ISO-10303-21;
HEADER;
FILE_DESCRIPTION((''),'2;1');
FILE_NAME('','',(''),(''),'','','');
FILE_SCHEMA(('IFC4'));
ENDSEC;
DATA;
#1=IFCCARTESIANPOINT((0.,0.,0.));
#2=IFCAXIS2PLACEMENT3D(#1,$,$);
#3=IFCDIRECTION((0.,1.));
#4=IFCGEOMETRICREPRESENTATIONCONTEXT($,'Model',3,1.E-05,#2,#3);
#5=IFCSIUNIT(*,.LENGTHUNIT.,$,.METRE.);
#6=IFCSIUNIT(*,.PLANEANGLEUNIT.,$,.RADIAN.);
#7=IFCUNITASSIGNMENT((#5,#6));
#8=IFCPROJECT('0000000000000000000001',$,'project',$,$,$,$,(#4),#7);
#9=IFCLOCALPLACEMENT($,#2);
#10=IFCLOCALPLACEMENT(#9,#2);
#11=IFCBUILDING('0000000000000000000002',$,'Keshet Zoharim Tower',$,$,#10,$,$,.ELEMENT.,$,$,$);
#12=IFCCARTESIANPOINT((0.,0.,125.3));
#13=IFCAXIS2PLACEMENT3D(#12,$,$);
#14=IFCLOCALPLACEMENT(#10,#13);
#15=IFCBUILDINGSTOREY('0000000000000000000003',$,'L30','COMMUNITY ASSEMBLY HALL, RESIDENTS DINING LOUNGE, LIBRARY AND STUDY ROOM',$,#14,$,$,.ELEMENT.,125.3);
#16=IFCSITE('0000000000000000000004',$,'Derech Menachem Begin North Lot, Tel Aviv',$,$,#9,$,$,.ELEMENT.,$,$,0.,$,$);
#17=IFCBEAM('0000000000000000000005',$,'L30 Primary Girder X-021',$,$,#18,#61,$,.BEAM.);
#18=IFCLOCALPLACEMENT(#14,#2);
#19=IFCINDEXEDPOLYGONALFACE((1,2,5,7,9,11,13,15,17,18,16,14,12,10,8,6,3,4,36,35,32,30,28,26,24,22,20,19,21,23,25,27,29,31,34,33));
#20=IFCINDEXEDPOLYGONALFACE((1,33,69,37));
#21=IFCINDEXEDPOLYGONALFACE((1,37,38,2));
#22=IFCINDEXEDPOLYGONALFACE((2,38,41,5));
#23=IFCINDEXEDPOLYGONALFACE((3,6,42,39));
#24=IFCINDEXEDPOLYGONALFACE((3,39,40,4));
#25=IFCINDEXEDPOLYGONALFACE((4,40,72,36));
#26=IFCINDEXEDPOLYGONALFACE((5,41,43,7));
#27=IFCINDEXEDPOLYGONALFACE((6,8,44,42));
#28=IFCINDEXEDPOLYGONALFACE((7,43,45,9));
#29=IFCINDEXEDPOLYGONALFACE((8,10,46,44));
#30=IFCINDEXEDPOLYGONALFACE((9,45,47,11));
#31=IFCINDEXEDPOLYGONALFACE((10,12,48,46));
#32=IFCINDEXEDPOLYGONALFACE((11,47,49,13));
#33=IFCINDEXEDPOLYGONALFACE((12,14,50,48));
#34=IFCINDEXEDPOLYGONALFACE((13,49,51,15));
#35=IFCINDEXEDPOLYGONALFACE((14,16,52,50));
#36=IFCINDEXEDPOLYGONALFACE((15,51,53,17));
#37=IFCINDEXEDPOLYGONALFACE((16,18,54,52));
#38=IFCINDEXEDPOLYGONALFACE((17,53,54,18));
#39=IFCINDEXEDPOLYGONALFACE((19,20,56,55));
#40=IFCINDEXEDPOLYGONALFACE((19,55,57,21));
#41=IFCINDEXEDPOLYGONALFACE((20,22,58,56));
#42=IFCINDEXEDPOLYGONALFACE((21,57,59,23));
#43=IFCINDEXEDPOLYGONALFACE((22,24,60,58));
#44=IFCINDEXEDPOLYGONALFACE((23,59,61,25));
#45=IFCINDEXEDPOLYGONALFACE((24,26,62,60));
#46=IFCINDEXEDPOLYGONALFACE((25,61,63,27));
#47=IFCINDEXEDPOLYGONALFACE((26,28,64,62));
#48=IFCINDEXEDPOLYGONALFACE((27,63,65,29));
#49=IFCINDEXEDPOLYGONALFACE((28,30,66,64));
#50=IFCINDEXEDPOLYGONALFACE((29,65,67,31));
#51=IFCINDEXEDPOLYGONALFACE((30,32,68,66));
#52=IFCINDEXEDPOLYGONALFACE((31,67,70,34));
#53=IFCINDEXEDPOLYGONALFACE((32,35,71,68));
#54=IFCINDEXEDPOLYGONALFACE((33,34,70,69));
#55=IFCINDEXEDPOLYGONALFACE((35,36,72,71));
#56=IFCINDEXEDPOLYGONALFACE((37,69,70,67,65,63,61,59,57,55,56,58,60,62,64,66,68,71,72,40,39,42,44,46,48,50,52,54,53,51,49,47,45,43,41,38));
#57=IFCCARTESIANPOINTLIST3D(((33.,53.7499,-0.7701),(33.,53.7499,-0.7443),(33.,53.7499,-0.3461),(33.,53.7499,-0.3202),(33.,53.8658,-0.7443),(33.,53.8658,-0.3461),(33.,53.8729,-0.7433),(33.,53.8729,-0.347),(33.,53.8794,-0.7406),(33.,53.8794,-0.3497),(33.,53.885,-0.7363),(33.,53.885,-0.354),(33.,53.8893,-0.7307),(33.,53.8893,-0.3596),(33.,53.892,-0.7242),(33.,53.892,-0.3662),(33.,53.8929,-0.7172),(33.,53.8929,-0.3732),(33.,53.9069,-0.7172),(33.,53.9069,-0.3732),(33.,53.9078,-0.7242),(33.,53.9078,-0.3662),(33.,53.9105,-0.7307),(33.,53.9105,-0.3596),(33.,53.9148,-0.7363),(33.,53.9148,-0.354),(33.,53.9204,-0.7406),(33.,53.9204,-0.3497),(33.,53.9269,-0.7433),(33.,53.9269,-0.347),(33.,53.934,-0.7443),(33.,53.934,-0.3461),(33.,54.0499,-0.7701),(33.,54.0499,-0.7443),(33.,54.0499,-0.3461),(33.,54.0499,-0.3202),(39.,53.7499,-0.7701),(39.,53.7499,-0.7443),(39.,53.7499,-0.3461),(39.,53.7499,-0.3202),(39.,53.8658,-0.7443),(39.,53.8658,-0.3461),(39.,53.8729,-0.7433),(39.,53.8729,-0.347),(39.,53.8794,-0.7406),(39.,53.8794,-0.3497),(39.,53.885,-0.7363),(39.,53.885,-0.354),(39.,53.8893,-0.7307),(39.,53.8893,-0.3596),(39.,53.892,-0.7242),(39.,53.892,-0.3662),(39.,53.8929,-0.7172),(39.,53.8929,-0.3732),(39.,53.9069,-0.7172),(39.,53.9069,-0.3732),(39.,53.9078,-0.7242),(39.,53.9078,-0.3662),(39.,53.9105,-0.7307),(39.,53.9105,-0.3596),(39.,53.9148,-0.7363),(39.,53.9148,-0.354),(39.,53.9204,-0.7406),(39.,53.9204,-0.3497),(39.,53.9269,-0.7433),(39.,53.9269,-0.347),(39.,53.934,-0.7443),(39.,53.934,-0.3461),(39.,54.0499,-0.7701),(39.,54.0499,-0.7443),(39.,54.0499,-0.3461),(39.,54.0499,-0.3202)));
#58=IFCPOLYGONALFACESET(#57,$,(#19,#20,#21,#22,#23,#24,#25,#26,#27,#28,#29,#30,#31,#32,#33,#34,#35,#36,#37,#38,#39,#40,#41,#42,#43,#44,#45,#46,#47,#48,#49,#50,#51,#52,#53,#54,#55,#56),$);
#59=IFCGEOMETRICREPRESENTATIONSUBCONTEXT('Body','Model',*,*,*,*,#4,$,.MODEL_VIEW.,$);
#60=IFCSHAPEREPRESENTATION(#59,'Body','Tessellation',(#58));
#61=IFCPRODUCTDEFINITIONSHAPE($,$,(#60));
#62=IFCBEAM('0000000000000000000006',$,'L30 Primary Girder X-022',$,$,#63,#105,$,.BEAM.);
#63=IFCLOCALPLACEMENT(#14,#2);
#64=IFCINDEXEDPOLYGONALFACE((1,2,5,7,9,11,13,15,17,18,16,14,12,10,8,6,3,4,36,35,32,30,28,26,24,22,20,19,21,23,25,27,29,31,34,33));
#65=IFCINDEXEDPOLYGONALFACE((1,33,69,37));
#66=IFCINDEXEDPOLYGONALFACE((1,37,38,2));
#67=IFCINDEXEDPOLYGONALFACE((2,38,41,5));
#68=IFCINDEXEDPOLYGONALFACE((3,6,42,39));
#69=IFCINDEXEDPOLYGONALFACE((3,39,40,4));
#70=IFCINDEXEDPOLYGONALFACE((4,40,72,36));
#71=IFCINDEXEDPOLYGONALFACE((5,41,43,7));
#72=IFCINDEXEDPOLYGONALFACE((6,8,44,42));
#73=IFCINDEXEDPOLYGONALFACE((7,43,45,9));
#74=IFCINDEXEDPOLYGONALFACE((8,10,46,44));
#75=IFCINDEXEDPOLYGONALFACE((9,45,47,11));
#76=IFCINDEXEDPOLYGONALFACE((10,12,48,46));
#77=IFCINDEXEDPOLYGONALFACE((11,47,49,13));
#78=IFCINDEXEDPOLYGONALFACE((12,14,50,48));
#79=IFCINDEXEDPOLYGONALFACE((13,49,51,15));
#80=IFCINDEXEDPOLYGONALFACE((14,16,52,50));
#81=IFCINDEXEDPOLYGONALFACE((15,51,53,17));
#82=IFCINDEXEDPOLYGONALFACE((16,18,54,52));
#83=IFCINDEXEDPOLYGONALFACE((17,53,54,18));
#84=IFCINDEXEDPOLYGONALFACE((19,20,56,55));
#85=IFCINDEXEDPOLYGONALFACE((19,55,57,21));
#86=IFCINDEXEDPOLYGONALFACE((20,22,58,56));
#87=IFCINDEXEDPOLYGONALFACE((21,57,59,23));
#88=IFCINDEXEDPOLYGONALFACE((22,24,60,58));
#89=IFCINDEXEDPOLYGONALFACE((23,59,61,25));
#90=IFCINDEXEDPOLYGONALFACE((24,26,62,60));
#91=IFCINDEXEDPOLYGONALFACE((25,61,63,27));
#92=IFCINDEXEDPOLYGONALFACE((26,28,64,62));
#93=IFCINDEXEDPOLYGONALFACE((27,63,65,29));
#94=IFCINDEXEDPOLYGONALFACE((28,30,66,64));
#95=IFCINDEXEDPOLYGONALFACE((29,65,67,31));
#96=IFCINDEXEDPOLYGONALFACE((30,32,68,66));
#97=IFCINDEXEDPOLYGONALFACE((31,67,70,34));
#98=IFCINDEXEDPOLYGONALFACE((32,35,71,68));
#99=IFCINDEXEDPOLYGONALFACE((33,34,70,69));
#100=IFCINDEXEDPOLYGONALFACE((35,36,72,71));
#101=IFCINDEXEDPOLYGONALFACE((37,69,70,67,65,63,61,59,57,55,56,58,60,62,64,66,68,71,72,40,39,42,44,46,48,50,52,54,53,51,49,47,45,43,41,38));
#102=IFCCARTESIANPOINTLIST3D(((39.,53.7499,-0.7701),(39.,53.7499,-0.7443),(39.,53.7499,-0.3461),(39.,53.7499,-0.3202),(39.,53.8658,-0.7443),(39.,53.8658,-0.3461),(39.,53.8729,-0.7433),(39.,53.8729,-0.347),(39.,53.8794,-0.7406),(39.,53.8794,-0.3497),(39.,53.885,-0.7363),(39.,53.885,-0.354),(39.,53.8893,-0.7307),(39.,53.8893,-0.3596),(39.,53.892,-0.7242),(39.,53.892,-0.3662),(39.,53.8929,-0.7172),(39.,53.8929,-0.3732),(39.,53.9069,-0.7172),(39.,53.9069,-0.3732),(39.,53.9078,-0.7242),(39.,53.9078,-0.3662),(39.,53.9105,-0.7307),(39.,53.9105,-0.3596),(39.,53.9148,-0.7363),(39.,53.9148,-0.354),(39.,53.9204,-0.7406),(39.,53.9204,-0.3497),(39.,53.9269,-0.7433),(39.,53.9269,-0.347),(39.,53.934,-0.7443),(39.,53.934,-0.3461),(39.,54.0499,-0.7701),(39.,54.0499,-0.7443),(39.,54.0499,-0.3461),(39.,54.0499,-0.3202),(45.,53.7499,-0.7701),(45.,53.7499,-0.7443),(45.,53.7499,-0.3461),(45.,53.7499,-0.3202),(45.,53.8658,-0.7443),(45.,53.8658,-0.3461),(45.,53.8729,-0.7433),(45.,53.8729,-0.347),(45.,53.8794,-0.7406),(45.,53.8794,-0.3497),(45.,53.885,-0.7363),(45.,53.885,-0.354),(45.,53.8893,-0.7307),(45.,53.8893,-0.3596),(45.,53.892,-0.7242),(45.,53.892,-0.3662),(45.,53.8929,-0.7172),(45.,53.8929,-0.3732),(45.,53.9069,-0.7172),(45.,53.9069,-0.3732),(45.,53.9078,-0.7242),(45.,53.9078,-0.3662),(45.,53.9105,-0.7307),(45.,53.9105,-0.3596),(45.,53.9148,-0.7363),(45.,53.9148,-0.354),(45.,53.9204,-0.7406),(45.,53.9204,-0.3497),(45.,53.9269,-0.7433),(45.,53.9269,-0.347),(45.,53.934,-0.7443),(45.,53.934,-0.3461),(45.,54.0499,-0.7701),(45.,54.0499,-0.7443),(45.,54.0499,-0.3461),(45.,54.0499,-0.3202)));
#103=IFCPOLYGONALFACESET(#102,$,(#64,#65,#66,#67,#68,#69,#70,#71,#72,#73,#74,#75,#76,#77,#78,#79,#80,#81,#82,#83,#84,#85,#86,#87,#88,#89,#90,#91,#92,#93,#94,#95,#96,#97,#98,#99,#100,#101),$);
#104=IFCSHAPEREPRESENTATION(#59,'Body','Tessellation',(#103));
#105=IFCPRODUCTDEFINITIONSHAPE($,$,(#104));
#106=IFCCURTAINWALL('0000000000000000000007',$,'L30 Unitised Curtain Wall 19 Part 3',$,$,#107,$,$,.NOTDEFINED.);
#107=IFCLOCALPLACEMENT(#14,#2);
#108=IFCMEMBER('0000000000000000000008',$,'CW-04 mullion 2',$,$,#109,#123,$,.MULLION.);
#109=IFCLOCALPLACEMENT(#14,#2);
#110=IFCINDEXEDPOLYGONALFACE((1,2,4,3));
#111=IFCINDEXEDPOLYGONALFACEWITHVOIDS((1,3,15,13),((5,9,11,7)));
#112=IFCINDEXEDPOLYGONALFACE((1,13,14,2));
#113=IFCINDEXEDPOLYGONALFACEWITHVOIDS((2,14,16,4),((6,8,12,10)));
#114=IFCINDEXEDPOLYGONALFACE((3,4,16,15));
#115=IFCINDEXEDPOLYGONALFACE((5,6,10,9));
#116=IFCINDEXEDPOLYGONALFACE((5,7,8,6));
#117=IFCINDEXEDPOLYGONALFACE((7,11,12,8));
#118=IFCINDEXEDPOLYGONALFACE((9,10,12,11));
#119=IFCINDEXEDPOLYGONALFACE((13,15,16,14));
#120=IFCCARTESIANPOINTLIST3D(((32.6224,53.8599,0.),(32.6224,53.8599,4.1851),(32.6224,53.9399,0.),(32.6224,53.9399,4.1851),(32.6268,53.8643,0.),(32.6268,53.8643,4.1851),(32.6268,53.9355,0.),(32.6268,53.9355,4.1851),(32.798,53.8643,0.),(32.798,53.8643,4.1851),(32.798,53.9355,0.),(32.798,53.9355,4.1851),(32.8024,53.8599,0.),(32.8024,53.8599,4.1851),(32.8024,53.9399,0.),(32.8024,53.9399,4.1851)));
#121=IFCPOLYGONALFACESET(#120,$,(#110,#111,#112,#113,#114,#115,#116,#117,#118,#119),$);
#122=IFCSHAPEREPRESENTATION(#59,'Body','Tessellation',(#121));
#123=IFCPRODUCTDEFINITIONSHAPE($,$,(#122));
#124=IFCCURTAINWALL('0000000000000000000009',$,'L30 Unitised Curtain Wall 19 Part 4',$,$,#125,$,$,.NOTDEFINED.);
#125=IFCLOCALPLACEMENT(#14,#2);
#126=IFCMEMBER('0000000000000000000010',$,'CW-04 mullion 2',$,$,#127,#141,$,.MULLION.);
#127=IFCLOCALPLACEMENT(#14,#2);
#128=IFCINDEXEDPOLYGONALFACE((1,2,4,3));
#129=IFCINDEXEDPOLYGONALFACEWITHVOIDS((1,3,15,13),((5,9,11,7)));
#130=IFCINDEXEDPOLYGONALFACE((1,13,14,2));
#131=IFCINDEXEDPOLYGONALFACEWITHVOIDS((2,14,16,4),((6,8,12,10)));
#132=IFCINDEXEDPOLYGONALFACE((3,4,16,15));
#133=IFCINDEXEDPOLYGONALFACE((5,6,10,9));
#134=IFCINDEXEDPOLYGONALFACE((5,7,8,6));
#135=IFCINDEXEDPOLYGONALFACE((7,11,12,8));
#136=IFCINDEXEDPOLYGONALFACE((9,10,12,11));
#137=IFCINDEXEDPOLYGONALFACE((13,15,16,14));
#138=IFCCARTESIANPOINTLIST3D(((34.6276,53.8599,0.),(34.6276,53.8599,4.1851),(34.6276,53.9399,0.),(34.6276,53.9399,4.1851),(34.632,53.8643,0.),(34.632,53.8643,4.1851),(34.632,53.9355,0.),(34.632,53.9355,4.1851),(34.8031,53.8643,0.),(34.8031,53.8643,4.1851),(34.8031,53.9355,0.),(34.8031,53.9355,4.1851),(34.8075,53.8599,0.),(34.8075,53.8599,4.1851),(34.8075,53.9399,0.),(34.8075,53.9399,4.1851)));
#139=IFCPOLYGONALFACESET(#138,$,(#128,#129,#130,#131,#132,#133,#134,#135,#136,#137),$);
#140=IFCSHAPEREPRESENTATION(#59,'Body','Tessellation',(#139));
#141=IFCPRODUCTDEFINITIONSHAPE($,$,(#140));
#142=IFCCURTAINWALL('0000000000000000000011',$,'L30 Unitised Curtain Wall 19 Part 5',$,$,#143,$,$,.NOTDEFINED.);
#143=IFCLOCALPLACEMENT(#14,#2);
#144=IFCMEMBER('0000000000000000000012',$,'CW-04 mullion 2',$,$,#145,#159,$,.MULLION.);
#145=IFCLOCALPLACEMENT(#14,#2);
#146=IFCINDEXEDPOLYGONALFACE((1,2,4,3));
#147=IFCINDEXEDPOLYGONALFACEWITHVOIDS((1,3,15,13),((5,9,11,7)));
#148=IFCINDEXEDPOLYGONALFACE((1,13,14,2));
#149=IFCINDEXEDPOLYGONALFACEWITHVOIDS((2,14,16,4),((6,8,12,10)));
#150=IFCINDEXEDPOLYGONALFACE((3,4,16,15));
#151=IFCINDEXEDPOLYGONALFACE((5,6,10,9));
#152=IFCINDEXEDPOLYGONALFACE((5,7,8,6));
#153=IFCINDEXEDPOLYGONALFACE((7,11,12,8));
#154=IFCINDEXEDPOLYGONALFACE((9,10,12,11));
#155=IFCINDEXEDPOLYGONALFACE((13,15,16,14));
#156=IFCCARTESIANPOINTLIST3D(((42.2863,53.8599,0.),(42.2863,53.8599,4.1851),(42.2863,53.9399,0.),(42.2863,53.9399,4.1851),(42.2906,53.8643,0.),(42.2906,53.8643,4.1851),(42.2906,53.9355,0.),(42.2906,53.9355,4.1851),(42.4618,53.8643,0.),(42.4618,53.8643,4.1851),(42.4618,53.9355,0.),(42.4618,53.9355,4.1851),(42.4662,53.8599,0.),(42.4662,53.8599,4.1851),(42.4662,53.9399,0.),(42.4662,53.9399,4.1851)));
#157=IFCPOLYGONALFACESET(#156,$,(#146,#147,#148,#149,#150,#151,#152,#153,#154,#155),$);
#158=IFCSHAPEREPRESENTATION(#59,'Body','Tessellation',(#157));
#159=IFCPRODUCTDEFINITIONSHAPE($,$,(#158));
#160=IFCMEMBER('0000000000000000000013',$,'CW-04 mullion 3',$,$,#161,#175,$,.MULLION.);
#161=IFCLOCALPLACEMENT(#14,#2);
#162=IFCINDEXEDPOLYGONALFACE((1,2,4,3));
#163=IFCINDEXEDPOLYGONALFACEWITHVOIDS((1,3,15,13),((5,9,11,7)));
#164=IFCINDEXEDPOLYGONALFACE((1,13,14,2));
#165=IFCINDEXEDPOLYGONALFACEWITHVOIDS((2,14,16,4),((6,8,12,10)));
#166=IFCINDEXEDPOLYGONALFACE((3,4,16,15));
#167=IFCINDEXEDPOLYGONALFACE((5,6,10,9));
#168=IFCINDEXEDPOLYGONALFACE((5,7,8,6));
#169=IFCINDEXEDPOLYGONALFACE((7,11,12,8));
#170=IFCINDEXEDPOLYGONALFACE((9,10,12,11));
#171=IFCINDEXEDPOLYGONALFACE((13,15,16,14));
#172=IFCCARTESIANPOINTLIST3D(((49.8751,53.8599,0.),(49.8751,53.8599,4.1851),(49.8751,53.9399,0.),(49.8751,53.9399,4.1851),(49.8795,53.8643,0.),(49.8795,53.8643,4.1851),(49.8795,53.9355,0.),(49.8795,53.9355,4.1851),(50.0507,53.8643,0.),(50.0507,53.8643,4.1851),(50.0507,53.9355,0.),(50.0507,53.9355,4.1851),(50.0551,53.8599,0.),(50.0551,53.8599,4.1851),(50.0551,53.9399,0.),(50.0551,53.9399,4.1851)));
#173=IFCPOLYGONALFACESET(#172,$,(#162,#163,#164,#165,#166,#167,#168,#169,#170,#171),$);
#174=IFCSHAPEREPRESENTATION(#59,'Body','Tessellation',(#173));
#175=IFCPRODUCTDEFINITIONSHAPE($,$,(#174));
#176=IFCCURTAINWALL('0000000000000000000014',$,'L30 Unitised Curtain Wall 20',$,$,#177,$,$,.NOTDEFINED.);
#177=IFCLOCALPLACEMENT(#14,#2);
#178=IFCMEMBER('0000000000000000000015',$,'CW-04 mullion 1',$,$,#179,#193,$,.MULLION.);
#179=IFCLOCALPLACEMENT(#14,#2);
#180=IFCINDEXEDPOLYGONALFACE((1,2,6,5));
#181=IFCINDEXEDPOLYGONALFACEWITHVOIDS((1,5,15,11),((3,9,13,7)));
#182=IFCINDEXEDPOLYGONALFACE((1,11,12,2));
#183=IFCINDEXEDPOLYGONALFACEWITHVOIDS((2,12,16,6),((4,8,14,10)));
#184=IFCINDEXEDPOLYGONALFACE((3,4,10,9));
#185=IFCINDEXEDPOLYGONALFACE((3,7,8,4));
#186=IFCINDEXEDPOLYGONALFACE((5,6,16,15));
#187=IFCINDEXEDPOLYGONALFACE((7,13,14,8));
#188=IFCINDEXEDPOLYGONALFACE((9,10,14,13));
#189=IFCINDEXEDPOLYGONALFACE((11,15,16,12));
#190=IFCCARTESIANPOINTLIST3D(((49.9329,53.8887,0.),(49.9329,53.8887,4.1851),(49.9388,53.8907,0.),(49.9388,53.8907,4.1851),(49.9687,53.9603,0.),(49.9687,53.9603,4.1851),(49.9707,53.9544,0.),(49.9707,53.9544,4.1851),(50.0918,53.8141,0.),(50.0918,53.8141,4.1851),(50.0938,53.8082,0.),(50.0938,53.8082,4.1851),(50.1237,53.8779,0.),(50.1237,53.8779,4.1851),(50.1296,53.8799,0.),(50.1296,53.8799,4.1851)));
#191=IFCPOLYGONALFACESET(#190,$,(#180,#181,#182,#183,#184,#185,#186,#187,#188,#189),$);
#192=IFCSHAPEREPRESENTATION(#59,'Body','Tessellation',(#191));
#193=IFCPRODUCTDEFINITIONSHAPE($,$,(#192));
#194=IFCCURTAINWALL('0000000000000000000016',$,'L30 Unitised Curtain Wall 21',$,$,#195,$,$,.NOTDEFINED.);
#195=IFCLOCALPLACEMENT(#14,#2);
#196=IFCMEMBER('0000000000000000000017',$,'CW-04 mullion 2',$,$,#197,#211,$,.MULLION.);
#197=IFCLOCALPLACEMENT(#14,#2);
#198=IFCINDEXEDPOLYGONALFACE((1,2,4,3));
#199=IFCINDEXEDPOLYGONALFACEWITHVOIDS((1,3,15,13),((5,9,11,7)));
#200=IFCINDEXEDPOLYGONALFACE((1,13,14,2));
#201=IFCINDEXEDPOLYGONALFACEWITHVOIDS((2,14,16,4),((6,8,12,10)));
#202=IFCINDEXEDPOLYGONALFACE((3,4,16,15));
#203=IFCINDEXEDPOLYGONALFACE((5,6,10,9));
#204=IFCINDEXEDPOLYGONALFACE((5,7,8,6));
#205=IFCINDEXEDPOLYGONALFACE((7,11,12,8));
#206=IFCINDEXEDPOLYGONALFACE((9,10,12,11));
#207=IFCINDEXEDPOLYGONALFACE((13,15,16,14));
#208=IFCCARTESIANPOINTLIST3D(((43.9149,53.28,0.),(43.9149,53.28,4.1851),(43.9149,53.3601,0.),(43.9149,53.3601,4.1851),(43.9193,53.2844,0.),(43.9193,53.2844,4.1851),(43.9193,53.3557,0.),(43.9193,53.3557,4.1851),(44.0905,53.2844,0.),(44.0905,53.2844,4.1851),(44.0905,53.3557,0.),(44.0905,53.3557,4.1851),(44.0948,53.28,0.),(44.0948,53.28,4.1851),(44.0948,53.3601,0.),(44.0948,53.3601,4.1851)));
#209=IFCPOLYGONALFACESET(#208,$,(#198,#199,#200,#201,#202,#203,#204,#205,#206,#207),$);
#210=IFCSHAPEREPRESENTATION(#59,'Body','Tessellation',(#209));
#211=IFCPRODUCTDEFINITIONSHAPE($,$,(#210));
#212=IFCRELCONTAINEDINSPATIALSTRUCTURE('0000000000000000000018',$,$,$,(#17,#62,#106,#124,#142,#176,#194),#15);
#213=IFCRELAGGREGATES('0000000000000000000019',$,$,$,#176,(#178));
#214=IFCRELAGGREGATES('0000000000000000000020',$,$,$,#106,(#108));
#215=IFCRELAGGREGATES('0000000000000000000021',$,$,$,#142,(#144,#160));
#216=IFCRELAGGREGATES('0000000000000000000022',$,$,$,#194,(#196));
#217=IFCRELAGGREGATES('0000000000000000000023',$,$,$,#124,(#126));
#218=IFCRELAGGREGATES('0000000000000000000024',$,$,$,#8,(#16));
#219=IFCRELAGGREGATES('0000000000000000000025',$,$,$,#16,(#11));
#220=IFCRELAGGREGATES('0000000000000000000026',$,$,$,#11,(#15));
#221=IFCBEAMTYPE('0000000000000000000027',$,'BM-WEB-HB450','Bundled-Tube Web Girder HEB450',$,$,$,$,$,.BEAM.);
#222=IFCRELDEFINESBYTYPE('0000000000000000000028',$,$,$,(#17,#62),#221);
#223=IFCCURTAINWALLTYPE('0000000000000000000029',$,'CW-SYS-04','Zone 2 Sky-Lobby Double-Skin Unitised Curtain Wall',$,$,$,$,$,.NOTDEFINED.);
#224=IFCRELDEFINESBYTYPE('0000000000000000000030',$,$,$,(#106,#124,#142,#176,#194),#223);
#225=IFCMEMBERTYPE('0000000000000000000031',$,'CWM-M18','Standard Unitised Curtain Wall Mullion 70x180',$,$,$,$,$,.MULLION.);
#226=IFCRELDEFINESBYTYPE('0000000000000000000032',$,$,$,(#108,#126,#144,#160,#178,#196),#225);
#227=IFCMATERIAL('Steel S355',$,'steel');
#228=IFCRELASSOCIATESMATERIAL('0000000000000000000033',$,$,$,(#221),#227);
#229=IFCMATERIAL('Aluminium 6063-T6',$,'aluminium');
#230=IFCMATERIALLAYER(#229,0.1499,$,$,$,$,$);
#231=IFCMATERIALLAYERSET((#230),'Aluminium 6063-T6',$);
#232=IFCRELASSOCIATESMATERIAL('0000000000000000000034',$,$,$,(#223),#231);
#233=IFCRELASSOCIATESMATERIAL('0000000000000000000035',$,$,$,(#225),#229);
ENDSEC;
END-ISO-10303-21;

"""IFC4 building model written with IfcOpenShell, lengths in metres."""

from ifc_helpers import new_model, si_unit, direction, frame, origin, origin_2d, place, context, subcontext, project, spatial, hollow_rectangle, i_section, extrude, material, layer, layer_set, material_profile, profile_set, type_object, element, aggregate, save


model = new_model("IFC4")

# Units and contexts
model_context = context("Model", 3, precision=1e-05, world=origin(), true_north=direction((0.0, 1.0)))
body_context = subcontext(model_context, "Body", "Model", "MODEL_VIEW")
ifc_project = project(units=[si_unit("LENGTHUNIT", "METRE"), si_unit("PLANEANGLEUNIT", "RADIAN")], contexts=[model_context])

# Site, building, storey
site_placement = place(None, origin())
site = spatial("IfcSite", under=ifc_project, at=site_placement, Name="Derech Menachem Begin North Lot, Tel Aviv", CompositionType="ELEMENT", RefElevation=0.0)
building_placement = place(site_placement, origin())
building = spatial("IfcBuilding", under=site, at=building_placement, Name="Keshet Zoharim Tower", CompositionType="ELEMENT")
storey_placement = place(building_placement, frame((0.0, 0.0, 125.3)))
storey = spatial("IfcBuildingStorey", under=building, at=storey_placement, Name="L30", Description="COMMUNITY ASSEMBLY HALL, RESIDENTS DINING LOUNGE, LIBRARY AND STUDY ROOM", CompositionType="ELEMENT", Elevation=125.3)

# Shared definitions
ifc_material_1 = material(Name="Steel S355", Category="steel")

# Beams
ifc_material_profile_1 = material_profile(ifc_material_1, i_section(OverallWidth=0.3, OverallDepth=0.45, WebThickness=0.0139, FlangeThickness=0.0259, FilletRadius=0.0271, at=origin_2d()), Name="HEB450")
ifc_profile_set_1 = profile_set([ifc_material_profile_1], Name="Steel S355")
beam_type_1 = type_object("IfcBeamType", Name="BM-WEB-HB450", Description="Bundled-Tube Web Girder HEB450", PredefinedType="BEAM", material=ifc_profile_set_1)
for number, where, z_axis, x_axis, name in (
    (1, (33.0, 53.8999, -0.5452), (1.0, 0.0, 0.0), (0.0, 1.0, 0.0), "L30 Primary Girder X-021"),
    (2, (39.0, 53.8999, -0.5452), (1.0, 0.0, 0.0), (0.0, 1.0, 0.0), "L30 Primary Girder X-022"),
):
    element("IfcBeam", number, at=place(storey_placement, frame(where, z_axis=z_axis, x_axis=x_axis)), inside=storey, type_object=beam_type_1, Name=name, PredefinedType="BEAM", context=body_context, shape_type="SweptSolid", body=[
        extrude(i_section(OverallWidth=0.3, OverallDepth=0.45, WebThickness=0.0139, FlangeThickness=0.0259, FilletRadius=0.0271, at=origin_2d()), origin(), (0.0, 0.0, 1.0), 6.0),
    ])

# Curtain walls, members
ifc_material_2 = material(Name="Aluminium 6063-T6", Category="aluminium")
ifc_layer_1 = layer(ifc_material_2, 0.1499)
ifc_layer_set_1 = layer_set([ifc_layer_1], Name="Aluminium 6063-T6")
curtain_wall_type = type_object("IfcCurtainWallType", Name="CW-SYS-04", Description="Zone 2 Sky-Lobby Double-Skin Unitised Curtain Wall", PredefinedType="NOTDEFINED", material=ifc_layer_set_1)
curtain_wall_1_placement = place(storey_placement, origin())
curtain_wall_1 = element("IfcCurtainWall", 3, at=curtain_wall_1_placement, inside=storey, type_object=curtain_wall_type, Name="L30 Unitised Curtain Wall 19 Part 3", PredefinedType="NOTDEFINED")
ifc_material_profile_2 = material_profile(ifc_material_2, hollow_rectangle(XDim=0.0801, YDim=0.1799, WallThickness=0.0044, at=origin_2d()), Name="MUL-80x180")
ifc_profile_set_2 = profile_set([ifc_material_profile_2], Name="Aluminium 6063-T6")
member_type_1 = type_object("IfcMemberType", Name="CWM-M18", Description="Standard Unitised Curtain Wall Mullion 70x180", PredefinedType="MULLION", material=ifc_profile_set_2)
member_1_placement = place(storey_placement, frame((32.7124, 53.8999, 0.0), z_axis=(0.0, 0.0, 1.0), x_axis=(0.0, 1.0, 0.0)))
member_1 = element("IfcMember", 4, at=member_1_placement, type_object=member_type_1, Name="CW-04 mullion 2", PredefinedType="MULLION", context=body_context, shape_type="SweptSolid", body=[
    extrude(hollow_rectangle(XDim=0.0801, YDim=0.1799, WallThickness=0.0044, at=origin_2d()), origin(), (0.0, 0.0, 1.0), 4.1851),
])
curtain_wall_2_placement = place(storey_placement, origin())
curtain_wall_2 = element("IfcCurtainWall", 5, at=curtain_wall_2_placement, inside=storey, type_object=curtain_wall_type, Name="L30 Unitised Curtain Wall 19 Part 4", PredefinedType="NOTDEFINED")
member_2_placement = place(storey_placement, frame((34.7175, 53.8999, 0.0), z_axis=(0.0, 0.0, 1.0), x_axis=(0.0, 1.0, 0.0)))
member_2 = element("IfcMember", 6, at=member_2_placement, type_object=member_type_1, Name="CW-04 mullion 2", PredefinedType="MULLION", context=body_context, shape_type="SweptSolid", body=[
    extrude(hollow_rectangle(XDim=0.0801, YDim=0.1799, WallThickness=0.0044, at=origin_2d()), origin(), (0.0, 0.0, 1.0), 4.1851),
])

# Curtain wall, members
curtain_wall_3_placement = place(storey_placement, origin())
curtain_wall_3 = element("IfcCurtainWall", 7, at=curtain_wall_3_placement, inside=storey, type_object=curtain_wall_type, Name="L30 Unitised Curtain Wall 19 Part 5", PredefinedType="NOTDEFINED")
member_3_placement = place(storey_placement, frame((42.3762, 53.8999, 0.0), z_axis=(0.0, 0.0, 1.0), x_axis=(0.0, 1.0, 0.0)))
member_3 = element("IfcMember", 8, at=member_3_placement, type_object=member_type_1, Name="CW-04 mullion 2", PredefinedType="MULLION", context=body_context, shape_type="SweptSolid", body=[
    extrude(hollow_rectangle(XDim=0.0801, YDim=0.1799, WallThickness=0.0044, at=origin_2d()), origin(), (0.0, 0.0, 1.0), 4.1851),
])
member_4_placement = place(storey_placement, frame((49.9651, 53.8999, 0.0), z_axis=(0.0, 0.0, 1.0), x_axis=(0.0, 1.0, 0.0)))
member_4 = element("IfcMember", 9, at=member_4_placement, type_object=member_type_1, Name="CW-04 mullion 3", PredefinedType="MULLION", context=body_context, shape_type="SweptSolid", body=[
    extrude(hollow_rectangle(XDim=0.0801, YDim=0.1799, WallThickness=0.0044, at=origin_2d()), origin(), (0.0, 0.0, 1.0), 4.1851),
])

# Curtain walls, members
curtain_wall_4_placement = place(storey_placement, origin())
curtain_wall_4 = element("IfcCurtainWall", 10, at=curtain_wall_4_placement, inside=storey, type_object=curtain_wall_type, Name="L30 Unitised Curtain Wall 20", PredefinedType="NOTDEFINED")
member_5_placement = place(storey_placement, frame((50.0312, 53.8843, 0.0), z_axis=(0.0, 0.0, 1.0), x_axis=(0.447214, 0.894427, 0.0)))
member_5 = element("IfcMember", 11, at=member_5_placement, type_object=member_type_1, Name="CW-04 mullion 1", PredefinedType="MULLION", context=body_context, shape_type="SweptSolid", body=[
    extrude(hollow_rectangle(XDim=0.0801, YDim=0.1799, WallThickness=0.0044, at=origin_2d()), origin(), (0.0, 0.0, 1.0), 4.1851),
])
aggregate(curtain_wall_4, [member_5])
curtain_wall_5_placement = place(storey_placement, origin())
curtain_wall_5 = element("IfcCurtainWall", 12, at=curtain_wall_5_placement, inside=storey, type_object=curtain_wall_type, Name="L30 Unitised Curtain Wall 21", PredefinedType="NOTDEFINED")
member_6_placement = place(storey_placement, frame((44.0049, 53.3201, 0.0), z_axis=(0.0, 0.0, 1.0), x_axis=(0.0, -1.0, 0.0)))
member_6 = element("IfcMember", 13, at=member_6_placement, type_object=member_type_1, Name="CW-04 mullion 2", PredefinedType="MULLION", context=body_context, shape_type="SweptSolid", body=[
    extrude(hollow_rectangle(XDim=0.0801, YDim=0.1799, WallThickness=0.0044, at=origin_2d()), origin(), (0.0, 0.0, 1.0), 4.1851),
])

aggregate(curtain_wall_1, [member_1])
aggregate(curtain_wall_3, [member_3, member_4])
aggregate(curtain_wall_5, [member_6])
aggregate(curtain_wall_2, [member_2])

save(model, "model.ifc")
